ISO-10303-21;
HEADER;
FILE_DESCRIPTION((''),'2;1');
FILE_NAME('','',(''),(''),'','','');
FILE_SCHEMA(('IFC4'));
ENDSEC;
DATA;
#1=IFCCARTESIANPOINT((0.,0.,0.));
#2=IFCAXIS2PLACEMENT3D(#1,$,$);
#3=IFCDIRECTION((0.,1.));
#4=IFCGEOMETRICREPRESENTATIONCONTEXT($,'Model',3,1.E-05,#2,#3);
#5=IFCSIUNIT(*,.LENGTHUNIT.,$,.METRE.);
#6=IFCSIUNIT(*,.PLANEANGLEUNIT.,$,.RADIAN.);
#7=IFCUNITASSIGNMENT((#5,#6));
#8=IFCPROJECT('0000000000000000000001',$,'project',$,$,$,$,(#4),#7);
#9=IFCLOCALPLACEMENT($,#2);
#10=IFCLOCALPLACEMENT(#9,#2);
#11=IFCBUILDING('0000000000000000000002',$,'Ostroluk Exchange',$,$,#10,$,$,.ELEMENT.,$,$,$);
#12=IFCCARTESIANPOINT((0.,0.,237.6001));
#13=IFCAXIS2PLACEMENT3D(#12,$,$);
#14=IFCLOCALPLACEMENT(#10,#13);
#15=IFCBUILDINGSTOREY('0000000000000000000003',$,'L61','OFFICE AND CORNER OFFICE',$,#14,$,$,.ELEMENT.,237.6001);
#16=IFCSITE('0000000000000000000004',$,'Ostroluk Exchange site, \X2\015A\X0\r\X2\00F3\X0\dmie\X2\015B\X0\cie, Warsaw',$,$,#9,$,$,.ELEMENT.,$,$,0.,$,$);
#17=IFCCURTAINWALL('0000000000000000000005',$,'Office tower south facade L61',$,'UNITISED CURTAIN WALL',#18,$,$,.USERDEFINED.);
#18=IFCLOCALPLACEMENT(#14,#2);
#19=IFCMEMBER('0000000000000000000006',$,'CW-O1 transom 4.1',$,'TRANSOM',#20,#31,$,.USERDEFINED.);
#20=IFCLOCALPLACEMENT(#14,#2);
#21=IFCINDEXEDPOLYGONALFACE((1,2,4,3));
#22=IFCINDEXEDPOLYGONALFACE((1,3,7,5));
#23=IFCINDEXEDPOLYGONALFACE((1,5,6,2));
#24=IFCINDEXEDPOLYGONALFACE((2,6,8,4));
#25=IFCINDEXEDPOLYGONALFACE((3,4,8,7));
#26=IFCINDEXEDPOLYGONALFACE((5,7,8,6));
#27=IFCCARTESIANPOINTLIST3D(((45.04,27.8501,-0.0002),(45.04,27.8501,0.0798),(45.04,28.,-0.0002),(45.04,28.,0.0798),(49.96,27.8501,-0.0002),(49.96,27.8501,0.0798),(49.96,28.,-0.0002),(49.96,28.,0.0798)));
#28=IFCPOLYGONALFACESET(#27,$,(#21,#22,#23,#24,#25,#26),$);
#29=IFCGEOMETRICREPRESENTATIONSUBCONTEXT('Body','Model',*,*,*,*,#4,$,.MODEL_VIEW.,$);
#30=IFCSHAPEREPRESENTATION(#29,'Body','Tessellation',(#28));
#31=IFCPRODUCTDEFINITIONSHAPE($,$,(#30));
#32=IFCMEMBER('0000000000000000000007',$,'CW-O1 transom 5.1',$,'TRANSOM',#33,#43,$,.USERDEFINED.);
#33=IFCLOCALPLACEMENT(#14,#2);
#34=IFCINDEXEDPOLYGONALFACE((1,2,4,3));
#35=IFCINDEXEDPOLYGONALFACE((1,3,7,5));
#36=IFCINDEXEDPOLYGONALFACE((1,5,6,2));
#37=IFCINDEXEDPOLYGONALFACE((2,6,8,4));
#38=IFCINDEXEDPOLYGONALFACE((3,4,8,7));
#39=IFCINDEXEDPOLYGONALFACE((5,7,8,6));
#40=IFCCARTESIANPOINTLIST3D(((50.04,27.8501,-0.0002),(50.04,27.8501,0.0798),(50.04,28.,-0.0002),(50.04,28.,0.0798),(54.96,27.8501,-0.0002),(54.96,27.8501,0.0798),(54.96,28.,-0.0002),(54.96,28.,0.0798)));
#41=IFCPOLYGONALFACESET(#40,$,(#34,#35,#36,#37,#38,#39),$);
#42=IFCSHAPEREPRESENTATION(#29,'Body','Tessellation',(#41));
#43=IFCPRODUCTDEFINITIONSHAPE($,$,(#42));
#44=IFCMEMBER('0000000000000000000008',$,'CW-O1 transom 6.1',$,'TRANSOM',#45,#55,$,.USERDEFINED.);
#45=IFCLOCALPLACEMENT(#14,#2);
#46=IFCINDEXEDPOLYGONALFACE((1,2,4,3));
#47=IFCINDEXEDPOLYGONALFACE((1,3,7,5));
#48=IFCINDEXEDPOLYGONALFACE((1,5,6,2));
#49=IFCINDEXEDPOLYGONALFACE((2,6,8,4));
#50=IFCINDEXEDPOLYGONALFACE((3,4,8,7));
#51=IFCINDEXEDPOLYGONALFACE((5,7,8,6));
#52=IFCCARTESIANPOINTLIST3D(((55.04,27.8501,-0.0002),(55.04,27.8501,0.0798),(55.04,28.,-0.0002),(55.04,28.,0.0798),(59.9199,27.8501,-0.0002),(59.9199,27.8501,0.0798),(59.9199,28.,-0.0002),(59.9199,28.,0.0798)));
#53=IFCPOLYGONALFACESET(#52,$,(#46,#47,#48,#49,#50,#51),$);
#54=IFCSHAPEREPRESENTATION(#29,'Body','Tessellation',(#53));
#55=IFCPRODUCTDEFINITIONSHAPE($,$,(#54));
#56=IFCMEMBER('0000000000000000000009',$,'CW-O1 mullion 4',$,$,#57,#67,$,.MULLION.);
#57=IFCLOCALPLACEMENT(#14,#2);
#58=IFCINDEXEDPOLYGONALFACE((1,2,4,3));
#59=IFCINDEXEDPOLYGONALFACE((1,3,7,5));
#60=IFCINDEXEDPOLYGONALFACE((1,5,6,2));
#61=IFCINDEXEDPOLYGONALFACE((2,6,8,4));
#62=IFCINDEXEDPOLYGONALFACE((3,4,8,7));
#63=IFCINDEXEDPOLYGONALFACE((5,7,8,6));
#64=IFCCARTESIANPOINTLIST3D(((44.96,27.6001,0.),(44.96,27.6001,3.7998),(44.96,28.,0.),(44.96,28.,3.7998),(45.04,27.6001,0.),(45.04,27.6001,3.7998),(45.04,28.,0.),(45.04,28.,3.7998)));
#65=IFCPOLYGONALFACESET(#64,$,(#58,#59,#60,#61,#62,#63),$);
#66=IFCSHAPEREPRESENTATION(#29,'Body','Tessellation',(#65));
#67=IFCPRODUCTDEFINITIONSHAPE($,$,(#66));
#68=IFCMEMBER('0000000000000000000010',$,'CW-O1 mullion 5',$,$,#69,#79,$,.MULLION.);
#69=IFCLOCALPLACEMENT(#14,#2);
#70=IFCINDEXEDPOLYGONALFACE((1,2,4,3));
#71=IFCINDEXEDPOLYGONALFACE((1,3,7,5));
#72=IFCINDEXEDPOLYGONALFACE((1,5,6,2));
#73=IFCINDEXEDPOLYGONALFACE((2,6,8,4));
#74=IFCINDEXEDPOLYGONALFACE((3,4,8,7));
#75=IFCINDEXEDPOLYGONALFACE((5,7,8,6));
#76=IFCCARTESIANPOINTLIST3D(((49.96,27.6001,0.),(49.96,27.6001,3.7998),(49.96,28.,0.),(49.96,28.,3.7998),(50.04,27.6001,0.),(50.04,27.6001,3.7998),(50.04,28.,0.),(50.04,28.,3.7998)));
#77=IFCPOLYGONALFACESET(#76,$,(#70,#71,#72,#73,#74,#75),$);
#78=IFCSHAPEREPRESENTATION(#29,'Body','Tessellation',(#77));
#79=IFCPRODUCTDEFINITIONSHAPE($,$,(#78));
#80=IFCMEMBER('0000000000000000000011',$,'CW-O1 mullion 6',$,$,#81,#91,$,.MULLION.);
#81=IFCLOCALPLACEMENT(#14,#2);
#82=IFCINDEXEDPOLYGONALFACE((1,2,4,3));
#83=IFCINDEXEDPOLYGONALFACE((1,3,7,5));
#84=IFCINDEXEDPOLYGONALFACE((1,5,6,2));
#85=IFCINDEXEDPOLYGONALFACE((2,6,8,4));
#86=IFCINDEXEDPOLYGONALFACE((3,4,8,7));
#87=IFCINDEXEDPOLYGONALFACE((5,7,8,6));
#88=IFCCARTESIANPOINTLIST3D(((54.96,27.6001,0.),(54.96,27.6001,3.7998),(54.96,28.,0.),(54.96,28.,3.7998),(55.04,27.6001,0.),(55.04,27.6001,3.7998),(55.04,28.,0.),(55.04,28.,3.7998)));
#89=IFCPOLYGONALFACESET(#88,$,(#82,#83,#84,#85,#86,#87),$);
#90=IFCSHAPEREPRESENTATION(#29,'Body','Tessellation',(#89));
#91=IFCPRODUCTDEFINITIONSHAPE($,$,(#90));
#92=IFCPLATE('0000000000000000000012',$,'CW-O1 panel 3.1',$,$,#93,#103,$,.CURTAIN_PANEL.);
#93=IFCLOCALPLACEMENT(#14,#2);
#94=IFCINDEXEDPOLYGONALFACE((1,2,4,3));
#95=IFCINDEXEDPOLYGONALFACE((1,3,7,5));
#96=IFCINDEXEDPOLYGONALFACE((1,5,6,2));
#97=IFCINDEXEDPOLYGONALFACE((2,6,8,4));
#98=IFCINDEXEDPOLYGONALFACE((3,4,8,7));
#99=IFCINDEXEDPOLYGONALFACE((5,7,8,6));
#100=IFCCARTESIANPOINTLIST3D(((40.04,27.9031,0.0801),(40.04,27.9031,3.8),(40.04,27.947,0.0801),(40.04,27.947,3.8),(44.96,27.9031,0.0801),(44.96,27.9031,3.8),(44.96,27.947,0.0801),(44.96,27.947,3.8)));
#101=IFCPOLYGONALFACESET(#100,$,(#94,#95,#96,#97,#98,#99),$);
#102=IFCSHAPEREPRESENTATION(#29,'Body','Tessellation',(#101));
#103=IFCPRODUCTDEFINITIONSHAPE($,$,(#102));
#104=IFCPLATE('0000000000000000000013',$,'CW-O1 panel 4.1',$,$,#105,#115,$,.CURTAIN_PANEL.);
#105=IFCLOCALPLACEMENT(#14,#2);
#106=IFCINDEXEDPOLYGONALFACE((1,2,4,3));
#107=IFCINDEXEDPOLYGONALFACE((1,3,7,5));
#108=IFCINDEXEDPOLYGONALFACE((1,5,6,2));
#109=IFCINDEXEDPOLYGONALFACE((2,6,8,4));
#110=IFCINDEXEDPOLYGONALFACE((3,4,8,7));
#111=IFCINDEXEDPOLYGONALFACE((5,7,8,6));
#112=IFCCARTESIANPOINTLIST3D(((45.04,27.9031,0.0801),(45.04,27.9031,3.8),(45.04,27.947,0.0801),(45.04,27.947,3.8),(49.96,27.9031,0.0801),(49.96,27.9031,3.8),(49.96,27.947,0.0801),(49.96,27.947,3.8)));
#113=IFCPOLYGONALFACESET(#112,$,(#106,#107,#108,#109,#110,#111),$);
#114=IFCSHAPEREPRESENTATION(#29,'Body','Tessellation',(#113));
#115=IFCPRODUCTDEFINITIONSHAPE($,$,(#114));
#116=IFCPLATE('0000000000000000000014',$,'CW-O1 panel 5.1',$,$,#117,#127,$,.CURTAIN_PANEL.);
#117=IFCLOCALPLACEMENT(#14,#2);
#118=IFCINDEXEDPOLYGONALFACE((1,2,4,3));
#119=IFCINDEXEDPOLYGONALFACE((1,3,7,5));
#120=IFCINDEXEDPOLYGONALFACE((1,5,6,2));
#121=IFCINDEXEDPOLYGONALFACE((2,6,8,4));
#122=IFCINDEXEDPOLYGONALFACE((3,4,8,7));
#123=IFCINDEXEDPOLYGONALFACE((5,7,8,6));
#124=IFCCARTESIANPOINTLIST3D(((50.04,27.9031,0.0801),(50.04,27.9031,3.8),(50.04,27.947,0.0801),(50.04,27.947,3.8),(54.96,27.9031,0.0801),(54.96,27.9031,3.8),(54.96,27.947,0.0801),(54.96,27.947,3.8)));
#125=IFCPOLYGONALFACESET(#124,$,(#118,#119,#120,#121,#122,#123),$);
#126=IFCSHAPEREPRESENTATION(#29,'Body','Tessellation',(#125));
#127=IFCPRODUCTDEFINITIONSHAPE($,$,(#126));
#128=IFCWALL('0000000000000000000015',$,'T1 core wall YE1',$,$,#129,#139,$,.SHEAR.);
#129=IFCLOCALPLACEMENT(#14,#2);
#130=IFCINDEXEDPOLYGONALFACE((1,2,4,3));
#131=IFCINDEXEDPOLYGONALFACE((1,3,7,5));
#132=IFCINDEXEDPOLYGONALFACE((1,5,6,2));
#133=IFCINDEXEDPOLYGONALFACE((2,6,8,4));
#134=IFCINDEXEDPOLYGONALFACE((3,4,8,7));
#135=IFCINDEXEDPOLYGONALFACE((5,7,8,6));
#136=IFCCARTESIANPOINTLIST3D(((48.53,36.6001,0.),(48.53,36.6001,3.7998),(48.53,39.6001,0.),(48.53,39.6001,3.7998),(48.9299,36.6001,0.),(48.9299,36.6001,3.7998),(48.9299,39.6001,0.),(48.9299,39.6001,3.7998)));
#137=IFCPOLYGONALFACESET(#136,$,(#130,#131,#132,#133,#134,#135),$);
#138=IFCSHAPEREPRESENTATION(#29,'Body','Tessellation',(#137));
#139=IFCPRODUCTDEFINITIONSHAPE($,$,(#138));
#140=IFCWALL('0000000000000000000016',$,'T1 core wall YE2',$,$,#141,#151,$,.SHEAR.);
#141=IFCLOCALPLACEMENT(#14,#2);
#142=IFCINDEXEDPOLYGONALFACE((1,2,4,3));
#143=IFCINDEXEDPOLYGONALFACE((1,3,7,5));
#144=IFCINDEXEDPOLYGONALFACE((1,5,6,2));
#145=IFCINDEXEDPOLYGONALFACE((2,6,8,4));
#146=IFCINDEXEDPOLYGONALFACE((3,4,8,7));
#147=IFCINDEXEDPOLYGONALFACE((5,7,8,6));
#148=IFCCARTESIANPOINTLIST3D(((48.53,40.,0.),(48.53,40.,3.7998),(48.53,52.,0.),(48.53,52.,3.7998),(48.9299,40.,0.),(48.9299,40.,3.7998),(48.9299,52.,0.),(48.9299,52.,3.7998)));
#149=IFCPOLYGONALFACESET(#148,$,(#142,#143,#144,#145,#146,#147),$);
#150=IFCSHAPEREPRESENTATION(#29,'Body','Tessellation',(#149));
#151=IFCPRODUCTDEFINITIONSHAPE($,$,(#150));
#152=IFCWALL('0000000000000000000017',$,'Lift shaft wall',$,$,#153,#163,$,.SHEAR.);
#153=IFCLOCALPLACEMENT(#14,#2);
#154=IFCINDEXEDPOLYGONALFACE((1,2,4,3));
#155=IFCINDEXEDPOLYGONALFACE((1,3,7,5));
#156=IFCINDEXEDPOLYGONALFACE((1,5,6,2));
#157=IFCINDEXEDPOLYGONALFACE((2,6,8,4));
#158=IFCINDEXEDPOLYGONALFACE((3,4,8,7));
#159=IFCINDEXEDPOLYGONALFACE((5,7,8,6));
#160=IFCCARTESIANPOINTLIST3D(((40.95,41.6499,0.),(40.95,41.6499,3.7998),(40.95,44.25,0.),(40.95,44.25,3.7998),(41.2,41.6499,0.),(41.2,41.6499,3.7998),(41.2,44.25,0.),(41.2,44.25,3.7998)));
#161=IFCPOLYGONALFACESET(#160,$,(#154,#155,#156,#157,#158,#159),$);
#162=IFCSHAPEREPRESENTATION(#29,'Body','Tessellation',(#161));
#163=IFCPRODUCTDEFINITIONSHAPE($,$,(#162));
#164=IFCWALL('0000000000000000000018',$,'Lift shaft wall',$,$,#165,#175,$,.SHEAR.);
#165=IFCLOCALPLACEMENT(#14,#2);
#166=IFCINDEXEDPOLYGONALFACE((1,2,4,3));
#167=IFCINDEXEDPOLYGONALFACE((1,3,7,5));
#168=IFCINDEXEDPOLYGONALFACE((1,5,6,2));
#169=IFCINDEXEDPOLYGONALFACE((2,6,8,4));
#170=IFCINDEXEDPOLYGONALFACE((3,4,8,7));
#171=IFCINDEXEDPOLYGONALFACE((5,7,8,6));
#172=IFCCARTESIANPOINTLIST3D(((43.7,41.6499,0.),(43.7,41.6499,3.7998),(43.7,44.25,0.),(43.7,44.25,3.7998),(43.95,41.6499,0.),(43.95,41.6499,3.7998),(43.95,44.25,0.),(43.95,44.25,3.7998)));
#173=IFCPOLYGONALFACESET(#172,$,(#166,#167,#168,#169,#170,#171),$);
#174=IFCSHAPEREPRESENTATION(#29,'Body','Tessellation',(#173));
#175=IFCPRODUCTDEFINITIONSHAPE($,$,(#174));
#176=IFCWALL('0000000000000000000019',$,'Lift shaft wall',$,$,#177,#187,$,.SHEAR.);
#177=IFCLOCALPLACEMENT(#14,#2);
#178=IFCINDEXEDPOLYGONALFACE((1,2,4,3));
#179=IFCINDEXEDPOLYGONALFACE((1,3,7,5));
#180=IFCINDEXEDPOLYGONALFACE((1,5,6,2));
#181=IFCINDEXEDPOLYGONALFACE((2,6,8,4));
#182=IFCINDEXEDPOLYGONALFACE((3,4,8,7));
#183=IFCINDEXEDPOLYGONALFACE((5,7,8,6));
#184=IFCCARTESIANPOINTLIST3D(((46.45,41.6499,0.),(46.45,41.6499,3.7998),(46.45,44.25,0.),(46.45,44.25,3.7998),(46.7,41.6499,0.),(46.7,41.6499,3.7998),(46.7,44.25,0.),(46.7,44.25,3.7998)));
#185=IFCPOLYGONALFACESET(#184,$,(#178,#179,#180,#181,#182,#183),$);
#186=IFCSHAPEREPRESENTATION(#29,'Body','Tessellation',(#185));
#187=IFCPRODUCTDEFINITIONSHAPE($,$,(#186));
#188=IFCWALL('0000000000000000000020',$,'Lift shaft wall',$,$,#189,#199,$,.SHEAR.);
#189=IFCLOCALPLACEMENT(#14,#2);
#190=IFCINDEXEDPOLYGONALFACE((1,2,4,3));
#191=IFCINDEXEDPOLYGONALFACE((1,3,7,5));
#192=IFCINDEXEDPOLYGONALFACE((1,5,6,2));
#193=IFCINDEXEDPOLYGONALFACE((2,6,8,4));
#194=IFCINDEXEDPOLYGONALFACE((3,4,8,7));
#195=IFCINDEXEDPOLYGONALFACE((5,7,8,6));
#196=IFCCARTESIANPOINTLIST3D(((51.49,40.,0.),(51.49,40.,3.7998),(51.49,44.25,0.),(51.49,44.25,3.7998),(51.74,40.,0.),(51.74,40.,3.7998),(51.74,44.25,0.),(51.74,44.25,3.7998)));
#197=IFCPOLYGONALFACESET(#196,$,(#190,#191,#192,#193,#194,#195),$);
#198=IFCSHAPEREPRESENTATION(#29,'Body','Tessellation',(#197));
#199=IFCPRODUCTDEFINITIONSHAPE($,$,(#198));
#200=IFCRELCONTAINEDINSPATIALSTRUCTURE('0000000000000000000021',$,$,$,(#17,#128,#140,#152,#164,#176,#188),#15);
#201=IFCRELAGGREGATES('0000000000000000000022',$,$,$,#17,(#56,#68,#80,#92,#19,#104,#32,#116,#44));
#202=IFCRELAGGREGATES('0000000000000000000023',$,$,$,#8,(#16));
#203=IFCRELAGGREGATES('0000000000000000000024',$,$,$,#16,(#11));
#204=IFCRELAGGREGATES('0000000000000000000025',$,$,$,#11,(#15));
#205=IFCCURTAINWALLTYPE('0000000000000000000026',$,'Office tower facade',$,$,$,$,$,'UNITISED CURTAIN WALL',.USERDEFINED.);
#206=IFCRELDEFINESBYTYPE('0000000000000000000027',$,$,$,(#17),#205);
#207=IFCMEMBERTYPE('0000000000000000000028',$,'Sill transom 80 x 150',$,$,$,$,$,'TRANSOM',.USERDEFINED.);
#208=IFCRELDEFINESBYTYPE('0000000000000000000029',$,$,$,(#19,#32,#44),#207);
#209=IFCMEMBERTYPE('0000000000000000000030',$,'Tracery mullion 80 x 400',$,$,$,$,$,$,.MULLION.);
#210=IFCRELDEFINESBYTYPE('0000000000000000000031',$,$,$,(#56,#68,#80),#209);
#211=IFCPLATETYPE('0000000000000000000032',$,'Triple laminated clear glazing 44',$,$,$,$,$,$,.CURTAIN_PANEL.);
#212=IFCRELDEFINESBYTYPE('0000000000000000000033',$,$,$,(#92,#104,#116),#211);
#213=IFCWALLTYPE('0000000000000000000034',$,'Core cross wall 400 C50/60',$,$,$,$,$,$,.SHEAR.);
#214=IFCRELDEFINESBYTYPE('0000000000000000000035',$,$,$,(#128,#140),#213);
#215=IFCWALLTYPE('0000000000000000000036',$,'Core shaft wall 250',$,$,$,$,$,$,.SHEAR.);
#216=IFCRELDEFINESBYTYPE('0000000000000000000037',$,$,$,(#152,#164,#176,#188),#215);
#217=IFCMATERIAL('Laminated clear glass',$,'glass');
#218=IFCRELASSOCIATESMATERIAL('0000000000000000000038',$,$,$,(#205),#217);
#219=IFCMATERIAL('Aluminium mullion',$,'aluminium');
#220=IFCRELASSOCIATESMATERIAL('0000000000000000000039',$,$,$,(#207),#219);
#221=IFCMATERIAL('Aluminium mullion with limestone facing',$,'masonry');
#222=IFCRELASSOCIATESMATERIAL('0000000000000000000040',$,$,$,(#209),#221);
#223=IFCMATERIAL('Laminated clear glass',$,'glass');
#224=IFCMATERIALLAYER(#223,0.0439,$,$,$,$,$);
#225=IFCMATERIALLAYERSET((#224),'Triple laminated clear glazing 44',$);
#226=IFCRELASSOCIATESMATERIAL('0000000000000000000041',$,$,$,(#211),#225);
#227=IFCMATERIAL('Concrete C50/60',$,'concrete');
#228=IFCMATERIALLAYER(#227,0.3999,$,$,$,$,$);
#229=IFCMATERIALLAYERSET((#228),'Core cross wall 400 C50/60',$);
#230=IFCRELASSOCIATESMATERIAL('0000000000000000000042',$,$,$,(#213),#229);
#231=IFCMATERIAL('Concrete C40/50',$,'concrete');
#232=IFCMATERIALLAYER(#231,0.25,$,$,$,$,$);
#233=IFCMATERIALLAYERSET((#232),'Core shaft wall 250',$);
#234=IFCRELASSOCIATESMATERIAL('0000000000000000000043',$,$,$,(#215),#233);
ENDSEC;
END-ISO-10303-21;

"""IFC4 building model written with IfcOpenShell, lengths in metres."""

from ifc_helpers import new_model, si_unit, direction, frame, frame_2d, origin, origin_2d, place, context, subcontext, project, spatial, rectangle, extrude, material, layer, layer_set, material_profile, profile_set, type_object, element, aggregate, save


model = new_model("IFC4")

# Units and contexts
model_context = context("Model", 3, precision=1e-05, world=origin(), true_north=direction((0.0, 1.0)))
body_context = subcontext(model_context, "Body", "Model", "MODEL_VIEW")
ifc_project = project(units=[si_unit("LENGTHUNIT", "METRE"), si_unit("PLANEANGLEUNIT", "RADIAN")], contexts=[model_context])

# Site, building, storey
site_placement = place(None, origin())
site = spatial("IfcSite", under=ifc_project, at=site_placement, Name="Ostroluk Exchange site, Śródmieście, Warsaw", CompositionType="ELEMENT", RefElevation=0.0)
building_placement = place(site_placement, origin())
building = spatial("IfcBuilding", under=site, at=building_placement, Name="Ostroluk Exchange", CompositionType="ELEMENT")
storey_placement = place(building_placement, frame((0.0, 0.0, 237.6001)))
storey = spatial("IfcBuildingStorey", under=building, at=storey_placement, Name="L61", Description="OFFICE AND CORNER OFFICE", CompositionType="ELEMENT", Elevation=237.6001)

# Curtain wall, members, plates
ifc_material_1 = material(Name="Laminated clear glass", Category="glass")
curtain_wall_type = type_object("IfcCurtainWallType", Name="Office tower facade", ElementType="UNITISED CURTAIN WALL", PredefinedType="USERDEFINED", material=ifc_material_1)
curtain_wall_placement = place(storey_placement, origin())
curtain_wall = element("IfcCurtainWall", 1, at=curtain_wall_placement, inside=storey, type_object=curtain_wall_type, Name="Office tower south facade L61", ObjectType="UNITISED CURTAIN WALL", PredefinedType="USERDEFINED")
ifc_material_2 = material(Name="Aluminium mullion", Category="aluminium")
ifc_material_profile_1 = material_profile(ifc_material_2, rectangle(XDim=0.1499, YDim=0.0801, at=origin_2d()), Name="Sill transom 80 x 150")
ifc_profile_set_1 = profile_set([ifc_material_profile_1], Name="Aluminium mullion")
member_type_1 = type_object("IfcMemberType", Name="Sill transom 80 x 150", ElementType="TRANSOM", PredefinedType="USERDEFINED", material=ifc_profile_set_1)
member_1_placement = place(storey_placement, frame((45.04, 27.925, 0.0398), z_axis=(1.0, 0.0, 0.0), x_axis=(0.0, 1.0, 0.0)))
member_1 = element("IfcMember", 2, at=member_1_placement, type_object=member_type_1, Name="CW-O1 transom 4.1", ObjectType="TRANSOM", PredefinedType="USERDEFINED", context=body_context, shape_type="SweptSolid", body=[
    extrude(rectangle(XDim=0.1499, YDim=0.0801, at=origin_2d()), origin(), (0.0, 0.0, 1.0), 4.9199),
])
member_2_placement = place(storey_placement, frame((50.04, 27.925, 0.0398), z_axis=(1.0, 0.0, 0.0), x_axis=(0.0, 1.0, 0.0)))
member_2 = element("IfcMember", 3, at=member_2_placement, type_object=member_type_1, Name="CW-O1 transom 5.1", ObjectType="TRANSOM", PredefinedType="USERDEFINED", context=body_context, shape_type="SweptSolid", body=[
    extrude(rectangle(XDim=0.1499, YDim=0.0801, at=origin_2d()), origin(), (0.0, 0.0, 1.0), 4.9199),
])
member_3_placement = place(storey_placement, frame((55.04, 27.925, 0.0398), z_axis=(1.0, 0.0, 0.0), x_axis=(0.0, 1.0, 0.0)))
member_3 = element("IfcMember", 4, at=member_3_placement, type_object=member_type_1, Name="CW-O1 transom 6.1", ObjectType="TRANSOM", PredefinedType="USERDEFINED", context=body_context, shape_type="SweptSolid", body=[
    extrude(rectangle(XDim=0.1499, YDim=0.0801, at=origin_2d()), origin(), (0.0, 0.0, 1.0), 4.8799),
])
ifc_material_3 = material(Name="Aluminium mullion with limestone facing", Category="masonry")
ifc_material_profile_2 = material_profile(ifc_material_3, rectangle(XDim=0.3999, YDim=0.0801, at=origin_2d()), Name="Tracery mullion 80 x 400")
ifc_profile_set_2 = profile_set([ifc_material_profile_2], Name="Aluminium mullion with limestone facing")
member_type_2 = type_object("IfcMemberType", Name="Tracery mullion 80 x 400", PredefinedType="MULLION", material=ifc_profile_set_2)
member_4_placement = place(storey_placement, frame((45.0, 27.8, 0.0), z_axis=(0.0, 0.0, 1.0), x_axis=(0.0, 1.0, 0.0)))
member_4 = element("IfcMember", 5, at=member_4_placement, type_object=member_type_2, Name="CW-O1 mullion 4", PredefinedType="MULLION", context=body_context, shape_type="SweptSolid", body=[
    extrude(rectangle(XDim=0.3999, YDim=0.0801, at=origin_2d()), origin(), (0.0, 0.0, 1.0), 3.7998),
])
member_5_placement = place(storey_placement, frame((50.0, 27.8, 0.0), z_axis=(0.0, 0.0, 1.0), x_axis=(0.0, 1.0, 0.0)))
member_5 = element("IfcMember", 6, at=member_5_placement, type_object=member_type_2, Name="CW-O1 mullion 5", PredefinedType="MULLION", context=body_context, shape_type="SweptSolid", body=[
    extrude(rectangle(XDim=0.3999, YDim=0.0801, at=origin_2d()), origin(), (0.0, 0.0, 1.0), 3.7998),
])
member_6_placement = place(storey_placement, frame((55.0, 27.8, 0.0), z_axis=(0.0, 0.0, 1.0), x_axis=(0.0, 1.0, 0.0)))
member_6 = element("IfcMember", 7, at=member_6_placement, type_object=member_type_2, Name="CW-O1 mullion 6", PredefinedType="MULLION", context=body_context, shape_type="SweptSolid", body=[
    extrude(rectangle(XDim=0.3999, YDim=0.0801, at=origin_2d()), origin(), (0.0, 0.0, 1.0), 3.7998),
])
ifc_material_4 = material(Name="Laminated clear glass", Category="glass")
ifc_layer_1 = layer(ifc_material_4, 0.0439)
ifc_layer_set_1 = layer_set([ifc_layer_1], Name="Triple laminated clear glazing 44")
plate_type = type_object("IfcPlateType", Name="Triple laminated clear glazing 44", PredefinedType="CURTAIN_PANEL", material=ifc_layer_set_1)
plate_1_placement = place(storey_placement, frame((42.5, 27.925, 0.0801), z_axis=(0.0, 0.0, 1.0), x_axis=(1.0, 0.0, 0.0)))
plate_1 = element("IfcPlate", 8, at=plate_1_placement, type_object=plate_type, Name="CW-O1 panel 3.1", PredefinedType="CURTAIN_PANEL", context=body_context, shape_type="SweptSolid", body=[
    extrude(rectangle(XDim=4.9199, YDim=0.0439, at=origin_2d()), origin(), (0.0, 0.0, 1.0), 3.72),
])
plate_2_placement = place(storey_placement, frame((47.5, 27.925, 0.0801), z_axis=(0.0, 0.0, 1.0), x_axis=(1.0, 0.0, 0.0)))
plate_2 = element("IfcPlate", 9, at=plate_2_placement, type_object=plate_type, Name="CW-O1 panel 4.1", PredefinedType="CURTAIN_PANEL", context=body_context, shape_type="SweptSolid", body=[
    extrude(rectangle(XDim=4.9199, YDim=0.0439, at=origin_2d()), origin(), (0.0, 0.0, 1.0), 3.72),
])
plate_3_placement = place(storey_placement, frame((52.5, 27.925, 0.0801), z_axis=(0.0, 0.0, 1.0), x_axis=(1.0, 0.0, 0.0)))
plate_3 = element("IfcPlate", 10, at=plate_3_placement, type_object=plate_type, Name="CW-O1 panel 5.1", PredefinedType="CURTAIN_PANEL", context=body_context, shape_type="SweptSolid", body=[
    extrude(rectangle(XDim=4.9199, YDim=0.0439, at=origin_2d()), origin(), (0.0, 0.0, 1.0), 3.72),
])
aggregate(curtain_wall, [member_4, member_5, member_6, plate_1, member_1, plate_2, member_2, plate_3, member_3])

# Walls
ifc_material_5 = material(Name="Concrete C50/60", Category="concrete")
ifc_layer_2 = layer(ifc_material_5, 0.3999)
ifc_layer_set_2 = layer_set([ifc_layer_2], Name="Core cross wall 400 C50/60")
wall_type_1 = type_object("IfcWallType", Name="Core cross wall 400 C50/60", PredefinedType="SHEAR", material=ifc_layer_set_2)
wall_1_placement = place(storey_placement, frame((48.73, 36.6001, 0.0), z_axis=(0.0, 0.0, 1.0), x_axis=(0.0, 1.0, 0.0)))
element("IfcWall", 11, at=wall_1_placement, inside=storey, type_object=wall_type_1, Name="T1 core wall YE1", PredefinedType="SHEAR", context=body_context, shape_type="SweptSolid", body=[
    extrude(rectangle(XDim=3.0, YDim=0.3999, at=frame_2d((1.5, 0.0))), origin(), (0.0, 0.0, 1.0), 3.7998),
])
wall_2_placement = place(storey_placement, frame((48.73, 40.0, 0.0), z_axis=(0.0, 0.0, 1.0), x_axis=(0.0, 1.0, 0.0)))
element("IfcWall", 12, at=wall_2_placement, inside=storey, type_object=wall_type_1, Name="T1 core wall YE2", PredefinedType="SHEAR", context=body_context, shape_type="SweptSolid", body=[
    extrude(rectangle(XDim=12.0, YDim=0.3999, at=frame_2d((6.0, 0.0))), origin(), (0.0, 0.0, 1.0), 3.7998),
])

# Shared definitions
ifc_material_6 = material(Name="Concrete C40/50", Category="concrete")
ifc_layer_3 = layer(ifc_material_6, 0.25)
ifc_layer_set_3 = layer_set([ifc_layer_3], Name="Core shaft wall 250")
wall_type_2 = type_object("IfcWallType", Name="Core shaft wall 250", PredefinedType="SHEAR", material=ifc_layer_set_3)

# Walls
for number, where, z_axis, x_axis, name in (
    (13, (41.075, 44.25, 0.0), (0.0, 0.0, 1.0), (0.0, -1.0, 0.0), "Lift shaft wall"),
    (14, (43.825, 44.25, 0.0), (0.0, 0.0, 1.0), (0.0, -1.0, 0.0), "Lift shaft wall"),
    (15, (46.575, 44.25, 0.0), (0.0, 0.0, 1.0), (0.0, -1.0, 0.0), "Lift shaft wall"),
):
    element("IfcWall", number, at=place(storey_placement, frame(where, z_axis=z_axis, x_axis=x_axis)), inside=storey, type_object=wall_type_2, Name=name, PredefinedType="SHEAR", context=body_context, shape_type="SweptSolid", body=[
        extrude(rectangle(XDim=2.6001, YDim=0.25, at=frame_2d((1.3, 0.0))), origin(), (0.0, 0.0, 1.0), 3.7998),
    ])
wall_3_placement = place(storey_placement, frame((51.615, 44.25, 0.0), z_axis=(0.0, 0.0, 1.0), x_axis=(0.0, -1.0, 0.0)))
element("IfcWall", 16, at=wall_3_placement, inside=storey, type_object=wall_type_2, Name="Lift shaft wall", PredefinedType="SHEAR", context=body_context, shape_type="SweptSolid", body=[
    extrude(rectangle(XDim=4.25, YDim=0.25, at=frame_2d((2.125, 0.0))), origin(), (0.0, 0.0, 1.0), 3.7998),
])

save(model, "model.ifc")
